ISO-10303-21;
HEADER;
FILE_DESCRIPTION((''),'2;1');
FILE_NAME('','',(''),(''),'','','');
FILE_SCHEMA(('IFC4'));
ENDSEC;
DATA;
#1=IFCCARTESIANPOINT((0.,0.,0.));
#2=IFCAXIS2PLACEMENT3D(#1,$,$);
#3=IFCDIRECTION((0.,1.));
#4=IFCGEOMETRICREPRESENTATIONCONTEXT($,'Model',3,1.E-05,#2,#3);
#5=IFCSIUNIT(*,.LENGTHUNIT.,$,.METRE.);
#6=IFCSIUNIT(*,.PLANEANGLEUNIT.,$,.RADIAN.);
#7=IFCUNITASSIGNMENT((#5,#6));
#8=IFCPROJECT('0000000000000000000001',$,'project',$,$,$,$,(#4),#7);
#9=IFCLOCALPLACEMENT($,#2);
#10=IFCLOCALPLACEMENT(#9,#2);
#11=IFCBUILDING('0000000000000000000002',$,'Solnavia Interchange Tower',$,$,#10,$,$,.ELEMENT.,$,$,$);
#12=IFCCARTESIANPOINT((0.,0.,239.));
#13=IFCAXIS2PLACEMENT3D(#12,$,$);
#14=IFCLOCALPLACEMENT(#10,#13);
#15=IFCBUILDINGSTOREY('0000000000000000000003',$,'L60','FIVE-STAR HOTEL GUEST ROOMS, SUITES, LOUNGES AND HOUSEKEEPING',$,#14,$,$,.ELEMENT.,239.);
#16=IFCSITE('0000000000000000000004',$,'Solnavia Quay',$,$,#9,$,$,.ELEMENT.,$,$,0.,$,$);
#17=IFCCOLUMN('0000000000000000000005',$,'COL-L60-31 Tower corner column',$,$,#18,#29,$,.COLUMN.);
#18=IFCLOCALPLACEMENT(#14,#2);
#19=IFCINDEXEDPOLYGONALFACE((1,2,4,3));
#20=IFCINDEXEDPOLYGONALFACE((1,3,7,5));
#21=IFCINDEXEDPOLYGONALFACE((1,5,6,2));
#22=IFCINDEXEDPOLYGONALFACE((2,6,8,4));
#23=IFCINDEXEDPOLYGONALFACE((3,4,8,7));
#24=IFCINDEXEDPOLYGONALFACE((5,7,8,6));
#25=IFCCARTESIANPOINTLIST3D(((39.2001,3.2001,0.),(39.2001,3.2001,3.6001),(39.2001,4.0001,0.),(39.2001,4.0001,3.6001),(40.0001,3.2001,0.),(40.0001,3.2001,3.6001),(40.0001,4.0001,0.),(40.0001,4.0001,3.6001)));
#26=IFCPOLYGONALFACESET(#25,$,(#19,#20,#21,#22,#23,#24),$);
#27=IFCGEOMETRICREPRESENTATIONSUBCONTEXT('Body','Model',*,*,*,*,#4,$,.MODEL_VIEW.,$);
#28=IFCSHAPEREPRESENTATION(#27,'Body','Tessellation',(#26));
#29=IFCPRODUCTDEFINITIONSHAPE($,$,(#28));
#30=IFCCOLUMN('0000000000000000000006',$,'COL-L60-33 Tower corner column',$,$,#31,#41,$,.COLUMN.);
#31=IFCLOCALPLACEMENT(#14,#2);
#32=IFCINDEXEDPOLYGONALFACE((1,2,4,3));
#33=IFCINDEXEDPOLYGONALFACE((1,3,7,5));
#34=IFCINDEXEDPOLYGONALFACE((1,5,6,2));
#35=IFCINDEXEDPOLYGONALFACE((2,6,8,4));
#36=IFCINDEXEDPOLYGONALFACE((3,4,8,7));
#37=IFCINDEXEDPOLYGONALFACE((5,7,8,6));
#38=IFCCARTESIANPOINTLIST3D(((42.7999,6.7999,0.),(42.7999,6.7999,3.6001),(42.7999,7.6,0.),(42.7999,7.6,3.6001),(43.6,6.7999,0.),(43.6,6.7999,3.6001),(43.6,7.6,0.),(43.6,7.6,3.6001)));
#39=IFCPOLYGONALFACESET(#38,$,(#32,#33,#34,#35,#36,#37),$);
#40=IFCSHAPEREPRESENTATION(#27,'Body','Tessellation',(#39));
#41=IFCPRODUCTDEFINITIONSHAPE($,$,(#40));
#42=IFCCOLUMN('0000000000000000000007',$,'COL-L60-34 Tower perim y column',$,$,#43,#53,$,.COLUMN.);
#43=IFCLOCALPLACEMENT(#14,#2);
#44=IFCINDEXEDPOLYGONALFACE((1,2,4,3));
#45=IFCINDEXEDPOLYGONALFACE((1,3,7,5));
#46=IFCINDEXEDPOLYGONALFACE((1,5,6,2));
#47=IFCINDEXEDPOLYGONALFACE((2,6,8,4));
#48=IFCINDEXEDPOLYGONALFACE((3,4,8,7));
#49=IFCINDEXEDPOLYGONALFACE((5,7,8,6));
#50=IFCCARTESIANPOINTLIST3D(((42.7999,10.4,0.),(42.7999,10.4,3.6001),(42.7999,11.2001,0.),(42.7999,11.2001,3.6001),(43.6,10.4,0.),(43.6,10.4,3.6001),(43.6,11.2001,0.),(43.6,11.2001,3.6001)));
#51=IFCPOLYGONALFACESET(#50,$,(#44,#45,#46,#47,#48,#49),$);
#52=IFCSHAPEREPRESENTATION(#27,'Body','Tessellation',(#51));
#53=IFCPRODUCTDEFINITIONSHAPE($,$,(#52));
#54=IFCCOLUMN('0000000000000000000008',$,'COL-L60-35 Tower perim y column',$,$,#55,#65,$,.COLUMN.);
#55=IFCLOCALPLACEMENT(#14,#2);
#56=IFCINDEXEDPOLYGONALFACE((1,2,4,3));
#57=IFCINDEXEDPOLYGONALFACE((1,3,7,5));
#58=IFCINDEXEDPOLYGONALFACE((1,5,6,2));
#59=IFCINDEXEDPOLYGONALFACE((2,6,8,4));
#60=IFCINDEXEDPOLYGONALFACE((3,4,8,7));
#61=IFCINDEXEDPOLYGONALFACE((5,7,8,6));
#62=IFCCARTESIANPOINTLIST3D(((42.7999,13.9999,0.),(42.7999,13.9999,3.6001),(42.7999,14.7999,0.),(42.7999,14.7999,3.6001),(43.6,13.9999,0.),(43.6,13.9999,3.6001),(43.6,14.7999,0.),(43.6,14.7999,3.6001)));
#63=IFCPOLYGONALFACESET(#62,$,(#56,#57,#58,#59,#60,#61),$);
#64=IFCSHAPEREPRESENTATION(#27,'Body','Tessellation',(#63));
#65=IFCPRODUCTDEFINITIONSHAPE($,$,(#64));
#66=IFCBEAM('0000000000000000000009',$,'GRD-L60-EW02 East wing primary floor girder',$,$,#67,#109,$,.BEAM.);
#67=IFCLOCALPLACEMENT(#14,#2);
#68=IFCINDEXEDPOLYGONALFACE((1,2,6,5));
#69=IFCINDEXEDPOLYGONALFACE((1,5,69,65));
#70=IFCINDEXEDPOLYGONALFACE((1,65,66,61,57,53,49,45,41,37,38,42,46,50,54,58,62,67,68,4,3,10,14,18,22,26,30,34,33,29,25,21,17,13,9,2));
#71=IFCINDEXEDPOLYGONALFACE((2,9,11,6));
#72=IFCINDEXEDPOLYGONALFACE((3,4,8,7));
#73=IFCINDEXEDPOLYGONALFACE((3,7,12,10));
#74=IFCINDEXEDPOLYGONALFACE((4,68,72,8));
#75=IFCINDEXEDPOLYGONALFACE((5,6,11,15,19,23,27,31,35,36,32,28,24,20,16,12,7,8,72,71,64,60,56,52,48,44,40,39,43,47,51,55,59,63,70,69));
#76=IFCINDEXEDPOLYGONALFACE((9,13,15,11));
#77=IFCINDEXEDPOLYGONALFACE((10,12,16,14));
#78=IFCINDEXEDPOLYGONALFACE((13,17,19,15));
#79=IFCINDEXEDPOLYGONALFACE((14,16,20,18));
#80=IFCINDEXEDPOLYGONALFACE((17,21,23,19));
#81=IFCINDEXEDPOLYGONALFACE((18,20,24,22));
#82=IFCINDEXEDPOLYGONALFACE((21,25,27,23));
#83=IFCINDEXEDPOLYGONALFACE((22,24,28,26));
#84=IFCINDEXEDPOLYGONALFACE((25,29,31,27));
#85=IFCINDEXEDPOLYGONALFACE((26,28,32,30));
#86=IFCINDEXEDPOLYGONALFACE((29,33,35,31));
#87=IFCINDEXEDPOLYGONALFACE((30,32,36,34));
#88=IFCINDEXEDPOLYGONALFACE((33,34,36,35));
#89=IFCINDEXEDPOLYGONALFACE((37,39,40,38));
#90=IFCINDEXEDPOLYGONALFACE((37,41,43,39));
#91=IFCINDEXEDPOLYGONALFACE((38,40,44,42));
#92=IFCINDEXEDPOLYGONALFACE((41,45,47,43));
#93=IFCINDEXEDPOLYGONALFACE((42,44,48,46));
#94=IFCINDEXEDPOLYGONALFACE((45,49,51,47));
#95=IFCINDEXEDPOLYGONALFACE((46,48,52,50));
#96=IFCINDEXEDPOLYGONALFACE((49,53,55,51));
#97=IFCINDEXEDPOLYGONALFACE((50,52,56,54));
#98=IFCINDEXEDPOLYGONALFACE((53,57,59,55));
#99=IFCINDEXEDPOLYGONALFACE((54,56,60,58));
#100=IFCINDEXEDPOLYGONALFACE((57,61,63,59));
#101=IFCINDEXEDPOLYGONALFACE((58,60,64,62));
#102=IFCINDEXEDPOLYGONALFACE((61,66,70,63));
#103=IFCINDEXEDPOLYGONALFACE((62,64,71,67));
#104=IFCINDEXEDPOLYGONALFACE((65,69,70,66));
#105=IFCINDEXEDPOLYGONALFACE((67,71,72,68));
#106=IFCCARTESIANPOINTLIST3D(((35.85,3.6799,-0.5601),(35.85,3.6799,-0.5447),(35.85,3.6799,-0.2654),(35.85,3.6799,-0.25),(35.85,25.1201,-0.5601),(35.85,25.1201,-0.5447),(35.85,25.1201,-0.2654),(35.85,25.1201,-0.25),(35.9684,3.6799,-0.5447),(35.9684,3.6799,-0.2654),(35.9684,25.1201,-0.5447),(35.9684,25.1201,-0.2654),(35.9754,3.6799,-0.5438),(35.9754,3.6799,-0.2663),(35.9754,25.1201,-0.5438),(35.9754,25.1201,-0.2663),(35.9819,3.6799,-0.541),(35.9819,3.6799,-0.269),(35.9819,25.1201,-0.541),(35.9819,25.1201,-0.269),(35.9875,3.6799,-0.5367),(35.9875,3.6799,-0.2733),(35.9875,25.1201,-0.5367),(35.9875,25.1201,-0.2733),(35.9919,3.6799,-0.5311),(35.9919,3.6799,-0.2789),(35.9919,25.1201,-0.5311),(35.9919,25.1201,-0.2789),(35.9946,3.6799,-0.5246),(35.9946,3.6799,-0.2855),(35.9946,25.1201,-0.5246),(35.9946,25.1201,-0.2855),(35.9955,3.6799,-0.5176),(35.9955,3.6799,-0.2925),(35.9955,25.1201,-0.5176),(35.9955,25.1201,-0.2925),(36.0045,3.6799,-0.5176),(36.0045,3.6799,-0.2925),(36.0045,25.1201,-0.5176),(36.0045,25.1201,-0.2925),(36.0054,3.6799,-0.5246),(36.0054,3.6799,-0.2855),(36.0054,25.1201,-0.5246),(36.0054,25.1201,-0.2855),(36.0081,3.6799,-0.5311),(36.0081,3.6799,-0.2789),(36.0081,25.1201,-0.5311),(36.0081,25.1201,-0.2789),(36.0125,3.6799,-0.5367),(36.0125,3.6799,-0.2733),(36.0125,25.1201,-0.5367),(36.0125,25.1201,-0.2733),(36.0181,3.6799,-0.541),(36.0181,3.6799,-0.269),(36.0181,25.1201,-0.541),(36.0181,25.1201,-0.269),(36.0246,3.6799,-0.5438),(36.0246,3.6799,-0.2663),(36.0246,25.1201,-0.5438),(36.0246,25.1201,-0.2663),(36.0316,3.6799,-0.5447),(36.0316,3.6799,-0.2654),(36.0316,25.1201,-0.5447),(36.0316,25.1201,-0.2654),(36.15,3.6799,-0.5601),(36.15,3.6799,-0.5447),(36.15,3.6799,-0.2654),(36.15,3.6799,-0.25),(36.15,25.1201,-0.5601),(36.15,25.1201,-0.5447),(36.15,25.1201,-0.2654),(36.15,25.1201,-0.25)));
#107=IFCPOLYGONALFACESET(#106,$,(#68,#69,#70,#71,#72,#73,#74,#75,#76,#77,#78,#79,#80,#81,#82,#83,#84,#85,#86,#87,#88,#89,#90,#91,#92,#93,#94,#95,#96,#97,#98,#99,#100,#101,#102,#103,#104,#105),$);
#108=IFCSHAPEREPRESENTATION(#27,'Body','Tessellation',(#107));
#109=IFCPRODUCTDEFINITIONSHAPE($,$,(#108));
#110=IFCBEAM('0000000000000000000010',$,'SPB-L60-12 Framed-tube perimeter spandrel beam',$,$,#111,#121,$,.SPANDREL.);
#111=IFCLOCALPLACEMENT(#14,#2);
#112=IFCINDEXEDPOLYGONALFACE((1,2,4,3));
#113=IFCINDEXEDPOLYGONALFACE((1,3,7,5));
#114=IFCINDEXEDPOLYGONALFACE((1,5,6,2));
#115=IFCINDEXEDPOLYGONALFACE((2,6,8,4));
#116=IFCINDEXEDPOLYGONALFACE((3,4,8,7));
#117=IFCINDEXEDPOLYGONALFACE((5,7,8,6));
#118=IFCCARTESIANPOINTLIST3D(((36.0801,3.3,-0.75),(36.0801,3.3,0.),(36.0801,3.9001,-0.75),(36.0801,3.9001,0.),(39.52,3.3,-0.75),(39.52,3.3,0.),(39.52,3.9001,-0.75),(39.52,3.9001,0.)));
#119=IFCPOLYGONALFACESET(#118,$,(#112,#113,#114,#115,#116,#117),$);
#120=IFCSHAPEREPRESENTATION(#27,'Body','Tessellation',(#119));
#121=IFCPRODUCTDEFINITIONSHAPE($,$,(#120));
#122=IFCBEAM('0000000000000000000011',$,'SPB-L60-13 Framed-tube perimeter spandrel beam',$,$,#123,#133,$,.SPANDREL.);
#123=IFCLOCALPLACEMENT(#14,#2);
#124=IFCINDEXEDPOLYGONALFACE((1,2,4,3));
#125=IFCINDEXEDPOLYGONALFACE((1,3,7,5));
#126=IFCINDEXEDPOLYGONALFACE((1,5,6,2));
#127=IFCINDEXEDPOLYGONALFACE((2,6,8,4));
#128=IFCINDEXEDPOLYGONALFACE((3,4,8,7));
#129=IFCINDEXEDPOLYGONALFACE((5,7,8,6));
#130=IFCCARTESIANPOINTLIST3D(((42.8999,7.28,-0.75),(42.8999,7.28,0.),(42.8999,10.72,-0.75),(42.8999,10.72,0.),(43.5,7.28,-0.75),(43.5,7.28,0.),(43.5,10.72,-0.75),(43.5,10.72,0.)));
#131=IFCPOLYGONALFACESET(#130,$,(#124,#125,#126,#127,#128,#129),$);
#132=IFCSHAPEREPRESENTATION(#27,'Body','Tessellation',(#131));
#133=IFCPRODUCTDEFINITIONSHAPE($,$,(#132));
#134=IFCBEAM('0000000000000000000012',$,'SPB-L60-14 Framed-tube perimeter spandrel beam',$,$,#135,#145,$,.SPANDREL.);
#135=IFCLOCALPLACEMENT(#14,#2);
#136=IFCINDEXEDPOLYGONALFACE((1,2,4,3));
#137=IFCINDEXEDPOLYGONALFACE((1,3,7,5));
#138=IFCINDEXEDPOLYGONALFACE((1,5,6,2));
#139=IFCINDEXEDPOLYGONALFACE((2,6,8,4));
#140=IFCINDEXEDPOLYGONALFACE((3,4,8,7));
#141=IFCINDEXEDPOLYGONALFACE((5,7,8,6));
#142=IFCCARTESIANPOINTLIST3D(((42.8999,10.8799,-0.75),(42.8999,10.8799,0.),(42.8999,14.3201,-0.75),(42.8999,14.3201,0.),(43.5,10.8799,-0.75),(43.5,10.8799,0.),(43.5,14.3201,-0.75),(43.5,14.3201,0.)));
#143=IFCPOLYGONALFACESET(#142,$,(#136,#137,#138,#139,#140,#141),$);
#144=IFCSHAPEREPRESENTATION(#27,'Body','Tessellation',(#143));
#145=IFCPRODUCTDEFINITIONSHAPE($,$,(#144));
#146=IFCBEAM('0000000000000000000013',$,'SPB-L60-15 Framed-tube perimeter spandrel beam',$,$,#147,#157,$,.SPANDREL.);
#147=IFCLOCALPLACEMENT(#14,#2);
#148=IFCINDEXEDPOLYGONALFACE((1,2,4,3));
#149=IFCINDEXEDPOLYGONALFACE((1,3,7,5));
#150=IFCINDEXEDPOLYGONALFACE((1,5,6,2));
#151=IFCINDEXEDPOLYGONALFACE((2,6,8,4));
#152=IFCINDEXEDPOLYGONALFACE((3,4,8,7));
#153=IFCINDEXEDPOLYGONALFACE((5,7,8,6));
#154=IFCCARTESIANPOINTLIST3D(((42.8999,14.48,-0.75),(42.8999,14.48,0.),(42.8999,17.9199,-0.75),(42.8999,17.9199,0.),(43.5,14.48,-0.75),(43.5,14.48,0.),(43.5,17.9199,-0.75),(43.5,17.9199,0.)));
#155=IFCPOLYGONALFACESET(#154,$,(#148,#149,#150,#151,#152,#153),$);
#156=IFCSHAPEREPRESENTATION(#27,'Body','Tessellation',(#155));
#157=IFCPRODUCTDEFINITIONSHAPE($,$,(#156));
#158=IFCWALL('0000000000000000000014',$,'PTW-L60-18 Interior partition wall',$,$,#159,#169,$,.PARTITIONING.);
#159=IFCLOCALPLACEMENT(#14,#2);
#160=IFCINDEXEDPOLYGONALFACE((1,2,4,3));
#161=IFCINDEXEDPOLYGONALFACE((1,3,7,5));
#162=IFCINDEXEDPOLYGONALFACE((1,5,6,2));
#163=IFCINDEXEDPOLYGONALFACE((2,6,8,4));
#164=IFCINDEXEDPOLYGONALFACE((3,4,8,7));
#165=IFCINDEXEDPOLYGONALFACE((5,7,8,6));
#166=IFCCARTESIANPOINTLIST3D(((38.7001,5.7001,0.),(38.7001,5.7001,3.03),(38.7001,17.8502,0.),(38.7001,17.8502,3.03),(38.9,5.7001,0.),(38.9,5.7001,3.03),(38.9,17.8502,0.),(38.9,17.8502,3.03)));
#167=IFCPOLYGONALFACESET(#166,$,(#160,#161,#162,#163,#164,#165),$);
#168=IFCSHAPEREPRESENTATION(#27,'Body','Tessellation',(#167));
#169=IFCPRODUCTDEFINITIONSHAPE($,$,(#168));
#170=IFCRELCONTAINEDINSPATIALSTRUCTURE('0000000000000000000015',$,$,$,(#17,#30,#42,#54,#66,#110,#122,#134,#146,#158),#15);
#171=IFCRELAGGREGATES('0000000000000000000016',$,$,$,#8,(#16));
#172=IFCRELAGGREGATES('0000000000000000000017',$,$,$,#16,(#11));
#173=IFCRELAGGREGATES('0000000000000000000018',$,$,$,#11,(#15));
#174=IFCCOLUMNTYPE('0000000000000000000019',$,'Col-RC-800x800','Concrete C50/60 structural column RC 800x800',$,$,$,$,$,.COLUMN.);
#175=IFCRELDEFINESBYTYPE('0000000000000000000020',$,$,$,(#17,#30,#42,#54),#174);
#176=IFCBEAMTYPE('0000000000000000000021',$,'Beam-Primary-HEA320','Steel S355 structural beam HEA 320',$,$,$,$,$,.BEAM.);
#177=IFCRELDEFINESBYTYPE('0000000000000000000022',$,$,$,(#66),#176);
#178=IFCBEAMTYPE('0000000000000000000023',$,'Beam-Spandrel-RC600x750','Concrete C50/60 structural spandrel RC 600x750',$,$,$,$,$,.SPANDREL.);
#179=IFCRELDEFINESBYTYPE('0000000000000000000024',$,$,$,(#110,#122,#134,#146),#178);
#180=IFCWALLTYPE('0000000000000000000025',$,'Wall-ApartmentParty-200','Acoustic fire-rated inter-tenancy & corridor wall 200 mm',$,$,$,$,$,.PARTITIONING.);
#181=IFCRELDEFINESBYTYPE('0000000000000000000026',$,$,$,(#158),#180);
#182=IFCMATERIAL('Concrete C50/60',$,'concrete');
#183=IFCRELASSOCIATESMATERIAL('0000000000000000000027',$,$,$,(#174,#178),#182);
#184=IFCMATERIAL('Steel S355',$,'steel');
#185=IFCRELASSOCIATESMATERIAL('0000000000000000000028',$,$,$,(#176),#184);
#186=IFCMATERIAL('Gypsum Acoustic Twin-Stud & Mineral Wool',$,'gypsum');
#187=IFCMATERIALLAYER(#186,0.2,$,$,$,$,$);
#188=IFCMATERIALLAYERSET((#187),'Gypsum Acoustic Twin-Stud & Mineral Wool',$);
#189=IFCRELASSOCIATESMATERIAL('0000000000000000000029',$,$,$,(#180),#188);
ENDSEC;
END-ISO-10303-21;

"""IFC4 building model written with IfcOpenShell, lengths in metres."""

from ifc_helpers import new_model, si_unit, direction, frame, frame_2d, origin, origin_2d, place, context, subcontext, project, spatial, rectangle, i_section, extrude, material, layer, layer_set, material_profile, profile_set, type_object, element, save


model = new_model("IFC4")

# Units and contexts
model_context = context("Model", 3, precision=1e-05, world=origin(), true_north=direction((0.0, 1.0)))
body_context = subcontext(model_context, "Body", "Model", "MODEL_VIEW")
ifc_project = project(units=[si_unit("LENGTHUNIT", "METRE"), si_unit("PLANEANGLEUNIT", "RADIAN")], contexts=[model_context])

# Site, building, storey
site_placement = place(None, origin())
site = spatial("IfcSite", under=ifc_project, at=site_placement, Name="Solnavia Quay", CompositionType="ELEMENT", RefElevation=0.0)
building_placement = place(site_placement, origin())
building = spatial("IfcBuilding", under=site, at=building_placement, Name="Solnavia Interchange Tower", CompositionType="ELEMENT")
storey_placement = place(building_placement, frame((0.0, 0.0, 239.0)))
storey = spatial("IfcBuildingStorey", under=building, at=storey_placement, Name="L60", Description="FIVE-STAR HOTEL GUEST ROOMS, SUITES, LOUNGES AND HOUSEKEEPING", CompositionType="ELEMENT", Elevation=239.0)

# Columns
ifc_material_1 = material(Name="Concrete C50/60", Category="concrete")
ifc_material_profile_1 = material_profile(ifc_material_1, rectangle(XDim=0.8, YDim=0.8, at=origin_2d()), Name="RC 800x800")
ifc_profile_set_1 = profile_set([ifc_material_profile_1], Name="Concrete C50/60")
column_type = type_object("IfcColumnType", Name="Col-RC-800x800", Description="Concrete C50/60 structural column RC 800x800", PredefinedType="COLUMN", material=ifc_profile_set_1)
for number, where, z_axis, x_axis, name in (
    (1, (39.6001, 3.6001, 0.0), (0.0, 0.0, 1.0), (1.0, 0.0, 0.0), "COL-L60-31 Tower corner column"),
    (2, (43.2, 7.2, 0.0), (0.0, 0.0, 1.0), (1.0, 0.0, 0.0), "COL-L60-33 Tower corner column"),
    (3, (43.2, 10.8, 0.0), (0.0, 0.0, 1.0), (0.0, 1.0, 0.0), "COL-L60-34 Tower perim y column"),
    (4, (43.2, 14.3999, 0.0), (0.0, 0.0, 1.0), (0.0, 1.0, 0.0), "COL-L60-35 Tower perim y column"),
):
    element("IfcColumn", number, at=place(storey_placement, frame(where, z_axis=z_axis, x_axis=x_axis)), inside=storey, type_object=column_type, Name=name, PredefinedType="COLUMN", context=body_context, shape_type="SweptSolid", body=[
        extrude(rectangle(XDim=0.8, YDim=0.8, at=origin_2d()), origin(), (0.0, 0.0, 1.0), 3.6001),
    ])

# Beams
ifc_material_2 = material(Name="Steel S355", Category="steel")
ifc_material_profile_2 = material_profile(ifc_material_2, i_section(OverallWidth=0.3, OverallDepth=0.3101, WebThickness=0.009, FlangeThickness=0.0154, FilletRadius=0.0271, at=origin_2d()), Name="HEA 320")
ifc_profile_set_2 = profile_set([ifc_material_profile_2], Name="Steel S355")
beam_type_1 = type_object("IfcBeamType", Name="Beam-Primary-HEA320", Description="Steel S355 structural beam HEA 320", PredefinedType="BEAM", material=ifc_profile_set_2)
beam_1_placement = place(storey_placement, frame((36.0, 3.6799, -0.405), z_axis=(0.0, 1.0, 0.0), x_axis=(-1.0, 0.0, 0.0)))
element("IfcBeam", 5, at=beam_1_placement, inside=storey, type_object=beam_type_1, Name="GRD-L60-EW02 East wing primary floor girder", PredefinedType="BEAM", context=body_context, shape_type="SweptSolid", body=[
    extrude(i_section(OverallWidth=0.3, OverallDepth=0.3101, WebThickness=0.009, FlangeThickness=0.0154, FilletRadius=0.0271, at=origin_2d()), origin(), (0.0, 0.0, 1.0), 21.4402),
])
ifc_material_profile_3 = material_profile(ifc_material_1, rectangle(XDim=0.6001, YDim=0.75, at=origin_2d()), Name="RC 600x750")
ifc_profile_set_3 = profile_set([ifc_material_profile_3], Name="Concrete C50/60")
beam_type_2 = type_object("IfcBeamType", Name="Beam-Spandrel-RC600x750", Description="Concrete C50/60 structural spandrel RC 600x750", PredefinedType="SPANDREL", material=ifc_profile_set_3)
for number, where, z_axis, x_axis, name in (
    (6, (36.0801, 3.6001, -0.375), (1.0, 0.0, 0.0), (0.0, 1.0, 0.0), "SPB-L60-12 Framed-tube perimeter spandrel beam"),
    (7, (43.2, 7.28, -0.375), (0.0, 1.0, 0.0), (-1.0, 0.0, 0.0), "SPB-L60-13 Framed-tube perimeter spandrel beam"),
):
    element("IfcBeam", number, at=place(storey_placement, frame(where, z_axis=z_axis, x_axis=x_axis)), inside=storey, type_object=beam_type_2, Name=name, PredefinedType="SPANDREL", context=body_context, shape_type="SweptSolid", body=[
        extrude(rectangle(XDim=0.6001, YDim=0.75, at=origin_2d()), origin(), (0.0, 0.0, 1.0), 3.4399),
    ])
beam_2_placement = place(storey_placement, frame((43.2, 10.8799, -0.375), z_axis=(0.0, 1.0, 0.0), x_axis=(-1.0, 0.0, 0.0)))
element("IfcBeam", 8, at=beam_2_placement, inside=storey, type_object=beam_type_2, Name="SPB-L60-14 Framed-tube perimeter spandrel beam", PredefinedType="SPANDREL", context=body_context, shape_type="SweptSolid", body=[
    extrude(rectangle(XDim=0.6001, YDim=0.75, at=origin_2d()), origin(), (0.0, 0.0, 1.0), 3.4402),
])
beam_3_placement = place(storey_placement, frame((43.2, 14.48, -0.375), z_axis=(0.0, 1.0, 0.0), x_axis=(-1.0, 0.0, 0.0)))
element("IfcBeam", 9, at=beam_3_placement, inside=storey, type_object=beam_type_2, Name="SPB-L60-15 Framed-tube perimeter spandrel beam", PredefinedType="SPANDREL", context=body_context, shape_type="SweptSolid", body=[
    extrude(rectangle(XDim=0.6001, YDim=0.75, at=origin_2d()), origin(), (0.0, 0.0, 1.0), 3.4399),
])

# Wall
ifc_material_3 = material(Name="Gypsum Acoustic Twin-Stud & Mineral Wool", Category="gypsum")
ifc_layer_1 = layer(ifc_material_3, 0.2)
ifc_layer_set_1 = layer_set([ifc_layer_1], Name="Gypsum Acoustic Twin-Stud & Mineral Wool")
wall_type_1 = type_object("IfcWallType", Name="Wall-ApartmentParty-200", Description="Acoustic fire-rated inter-tenancy & corridor wall 200 mm", PredefinedType="PARTITIONING", material=ifc_layer_set_1)
wall_1_placement = place(storey_placement, frame((38.8, 5.7, 0.0), z_axis=(0.0, 0.0, 1.0), x_axis=(0.0, 1.0, 0.0)))
element("IfcWall", 10, at=wall_1_placement, inside=storey, type_object=wall_type_1, Name="PTW-L60-18 Interior partition wall", PredefinedType="PARTITIONING", context=body_context, shape_type="SweptSolid", body=[
    extrude(rectangle(XDim=12.1501, YDim=0.2, at=frame_2d((6.0752, 0.0))), origin(), (0.0, 0.0, 1.0), 3.03),
])

save(model, "model.ifc")
